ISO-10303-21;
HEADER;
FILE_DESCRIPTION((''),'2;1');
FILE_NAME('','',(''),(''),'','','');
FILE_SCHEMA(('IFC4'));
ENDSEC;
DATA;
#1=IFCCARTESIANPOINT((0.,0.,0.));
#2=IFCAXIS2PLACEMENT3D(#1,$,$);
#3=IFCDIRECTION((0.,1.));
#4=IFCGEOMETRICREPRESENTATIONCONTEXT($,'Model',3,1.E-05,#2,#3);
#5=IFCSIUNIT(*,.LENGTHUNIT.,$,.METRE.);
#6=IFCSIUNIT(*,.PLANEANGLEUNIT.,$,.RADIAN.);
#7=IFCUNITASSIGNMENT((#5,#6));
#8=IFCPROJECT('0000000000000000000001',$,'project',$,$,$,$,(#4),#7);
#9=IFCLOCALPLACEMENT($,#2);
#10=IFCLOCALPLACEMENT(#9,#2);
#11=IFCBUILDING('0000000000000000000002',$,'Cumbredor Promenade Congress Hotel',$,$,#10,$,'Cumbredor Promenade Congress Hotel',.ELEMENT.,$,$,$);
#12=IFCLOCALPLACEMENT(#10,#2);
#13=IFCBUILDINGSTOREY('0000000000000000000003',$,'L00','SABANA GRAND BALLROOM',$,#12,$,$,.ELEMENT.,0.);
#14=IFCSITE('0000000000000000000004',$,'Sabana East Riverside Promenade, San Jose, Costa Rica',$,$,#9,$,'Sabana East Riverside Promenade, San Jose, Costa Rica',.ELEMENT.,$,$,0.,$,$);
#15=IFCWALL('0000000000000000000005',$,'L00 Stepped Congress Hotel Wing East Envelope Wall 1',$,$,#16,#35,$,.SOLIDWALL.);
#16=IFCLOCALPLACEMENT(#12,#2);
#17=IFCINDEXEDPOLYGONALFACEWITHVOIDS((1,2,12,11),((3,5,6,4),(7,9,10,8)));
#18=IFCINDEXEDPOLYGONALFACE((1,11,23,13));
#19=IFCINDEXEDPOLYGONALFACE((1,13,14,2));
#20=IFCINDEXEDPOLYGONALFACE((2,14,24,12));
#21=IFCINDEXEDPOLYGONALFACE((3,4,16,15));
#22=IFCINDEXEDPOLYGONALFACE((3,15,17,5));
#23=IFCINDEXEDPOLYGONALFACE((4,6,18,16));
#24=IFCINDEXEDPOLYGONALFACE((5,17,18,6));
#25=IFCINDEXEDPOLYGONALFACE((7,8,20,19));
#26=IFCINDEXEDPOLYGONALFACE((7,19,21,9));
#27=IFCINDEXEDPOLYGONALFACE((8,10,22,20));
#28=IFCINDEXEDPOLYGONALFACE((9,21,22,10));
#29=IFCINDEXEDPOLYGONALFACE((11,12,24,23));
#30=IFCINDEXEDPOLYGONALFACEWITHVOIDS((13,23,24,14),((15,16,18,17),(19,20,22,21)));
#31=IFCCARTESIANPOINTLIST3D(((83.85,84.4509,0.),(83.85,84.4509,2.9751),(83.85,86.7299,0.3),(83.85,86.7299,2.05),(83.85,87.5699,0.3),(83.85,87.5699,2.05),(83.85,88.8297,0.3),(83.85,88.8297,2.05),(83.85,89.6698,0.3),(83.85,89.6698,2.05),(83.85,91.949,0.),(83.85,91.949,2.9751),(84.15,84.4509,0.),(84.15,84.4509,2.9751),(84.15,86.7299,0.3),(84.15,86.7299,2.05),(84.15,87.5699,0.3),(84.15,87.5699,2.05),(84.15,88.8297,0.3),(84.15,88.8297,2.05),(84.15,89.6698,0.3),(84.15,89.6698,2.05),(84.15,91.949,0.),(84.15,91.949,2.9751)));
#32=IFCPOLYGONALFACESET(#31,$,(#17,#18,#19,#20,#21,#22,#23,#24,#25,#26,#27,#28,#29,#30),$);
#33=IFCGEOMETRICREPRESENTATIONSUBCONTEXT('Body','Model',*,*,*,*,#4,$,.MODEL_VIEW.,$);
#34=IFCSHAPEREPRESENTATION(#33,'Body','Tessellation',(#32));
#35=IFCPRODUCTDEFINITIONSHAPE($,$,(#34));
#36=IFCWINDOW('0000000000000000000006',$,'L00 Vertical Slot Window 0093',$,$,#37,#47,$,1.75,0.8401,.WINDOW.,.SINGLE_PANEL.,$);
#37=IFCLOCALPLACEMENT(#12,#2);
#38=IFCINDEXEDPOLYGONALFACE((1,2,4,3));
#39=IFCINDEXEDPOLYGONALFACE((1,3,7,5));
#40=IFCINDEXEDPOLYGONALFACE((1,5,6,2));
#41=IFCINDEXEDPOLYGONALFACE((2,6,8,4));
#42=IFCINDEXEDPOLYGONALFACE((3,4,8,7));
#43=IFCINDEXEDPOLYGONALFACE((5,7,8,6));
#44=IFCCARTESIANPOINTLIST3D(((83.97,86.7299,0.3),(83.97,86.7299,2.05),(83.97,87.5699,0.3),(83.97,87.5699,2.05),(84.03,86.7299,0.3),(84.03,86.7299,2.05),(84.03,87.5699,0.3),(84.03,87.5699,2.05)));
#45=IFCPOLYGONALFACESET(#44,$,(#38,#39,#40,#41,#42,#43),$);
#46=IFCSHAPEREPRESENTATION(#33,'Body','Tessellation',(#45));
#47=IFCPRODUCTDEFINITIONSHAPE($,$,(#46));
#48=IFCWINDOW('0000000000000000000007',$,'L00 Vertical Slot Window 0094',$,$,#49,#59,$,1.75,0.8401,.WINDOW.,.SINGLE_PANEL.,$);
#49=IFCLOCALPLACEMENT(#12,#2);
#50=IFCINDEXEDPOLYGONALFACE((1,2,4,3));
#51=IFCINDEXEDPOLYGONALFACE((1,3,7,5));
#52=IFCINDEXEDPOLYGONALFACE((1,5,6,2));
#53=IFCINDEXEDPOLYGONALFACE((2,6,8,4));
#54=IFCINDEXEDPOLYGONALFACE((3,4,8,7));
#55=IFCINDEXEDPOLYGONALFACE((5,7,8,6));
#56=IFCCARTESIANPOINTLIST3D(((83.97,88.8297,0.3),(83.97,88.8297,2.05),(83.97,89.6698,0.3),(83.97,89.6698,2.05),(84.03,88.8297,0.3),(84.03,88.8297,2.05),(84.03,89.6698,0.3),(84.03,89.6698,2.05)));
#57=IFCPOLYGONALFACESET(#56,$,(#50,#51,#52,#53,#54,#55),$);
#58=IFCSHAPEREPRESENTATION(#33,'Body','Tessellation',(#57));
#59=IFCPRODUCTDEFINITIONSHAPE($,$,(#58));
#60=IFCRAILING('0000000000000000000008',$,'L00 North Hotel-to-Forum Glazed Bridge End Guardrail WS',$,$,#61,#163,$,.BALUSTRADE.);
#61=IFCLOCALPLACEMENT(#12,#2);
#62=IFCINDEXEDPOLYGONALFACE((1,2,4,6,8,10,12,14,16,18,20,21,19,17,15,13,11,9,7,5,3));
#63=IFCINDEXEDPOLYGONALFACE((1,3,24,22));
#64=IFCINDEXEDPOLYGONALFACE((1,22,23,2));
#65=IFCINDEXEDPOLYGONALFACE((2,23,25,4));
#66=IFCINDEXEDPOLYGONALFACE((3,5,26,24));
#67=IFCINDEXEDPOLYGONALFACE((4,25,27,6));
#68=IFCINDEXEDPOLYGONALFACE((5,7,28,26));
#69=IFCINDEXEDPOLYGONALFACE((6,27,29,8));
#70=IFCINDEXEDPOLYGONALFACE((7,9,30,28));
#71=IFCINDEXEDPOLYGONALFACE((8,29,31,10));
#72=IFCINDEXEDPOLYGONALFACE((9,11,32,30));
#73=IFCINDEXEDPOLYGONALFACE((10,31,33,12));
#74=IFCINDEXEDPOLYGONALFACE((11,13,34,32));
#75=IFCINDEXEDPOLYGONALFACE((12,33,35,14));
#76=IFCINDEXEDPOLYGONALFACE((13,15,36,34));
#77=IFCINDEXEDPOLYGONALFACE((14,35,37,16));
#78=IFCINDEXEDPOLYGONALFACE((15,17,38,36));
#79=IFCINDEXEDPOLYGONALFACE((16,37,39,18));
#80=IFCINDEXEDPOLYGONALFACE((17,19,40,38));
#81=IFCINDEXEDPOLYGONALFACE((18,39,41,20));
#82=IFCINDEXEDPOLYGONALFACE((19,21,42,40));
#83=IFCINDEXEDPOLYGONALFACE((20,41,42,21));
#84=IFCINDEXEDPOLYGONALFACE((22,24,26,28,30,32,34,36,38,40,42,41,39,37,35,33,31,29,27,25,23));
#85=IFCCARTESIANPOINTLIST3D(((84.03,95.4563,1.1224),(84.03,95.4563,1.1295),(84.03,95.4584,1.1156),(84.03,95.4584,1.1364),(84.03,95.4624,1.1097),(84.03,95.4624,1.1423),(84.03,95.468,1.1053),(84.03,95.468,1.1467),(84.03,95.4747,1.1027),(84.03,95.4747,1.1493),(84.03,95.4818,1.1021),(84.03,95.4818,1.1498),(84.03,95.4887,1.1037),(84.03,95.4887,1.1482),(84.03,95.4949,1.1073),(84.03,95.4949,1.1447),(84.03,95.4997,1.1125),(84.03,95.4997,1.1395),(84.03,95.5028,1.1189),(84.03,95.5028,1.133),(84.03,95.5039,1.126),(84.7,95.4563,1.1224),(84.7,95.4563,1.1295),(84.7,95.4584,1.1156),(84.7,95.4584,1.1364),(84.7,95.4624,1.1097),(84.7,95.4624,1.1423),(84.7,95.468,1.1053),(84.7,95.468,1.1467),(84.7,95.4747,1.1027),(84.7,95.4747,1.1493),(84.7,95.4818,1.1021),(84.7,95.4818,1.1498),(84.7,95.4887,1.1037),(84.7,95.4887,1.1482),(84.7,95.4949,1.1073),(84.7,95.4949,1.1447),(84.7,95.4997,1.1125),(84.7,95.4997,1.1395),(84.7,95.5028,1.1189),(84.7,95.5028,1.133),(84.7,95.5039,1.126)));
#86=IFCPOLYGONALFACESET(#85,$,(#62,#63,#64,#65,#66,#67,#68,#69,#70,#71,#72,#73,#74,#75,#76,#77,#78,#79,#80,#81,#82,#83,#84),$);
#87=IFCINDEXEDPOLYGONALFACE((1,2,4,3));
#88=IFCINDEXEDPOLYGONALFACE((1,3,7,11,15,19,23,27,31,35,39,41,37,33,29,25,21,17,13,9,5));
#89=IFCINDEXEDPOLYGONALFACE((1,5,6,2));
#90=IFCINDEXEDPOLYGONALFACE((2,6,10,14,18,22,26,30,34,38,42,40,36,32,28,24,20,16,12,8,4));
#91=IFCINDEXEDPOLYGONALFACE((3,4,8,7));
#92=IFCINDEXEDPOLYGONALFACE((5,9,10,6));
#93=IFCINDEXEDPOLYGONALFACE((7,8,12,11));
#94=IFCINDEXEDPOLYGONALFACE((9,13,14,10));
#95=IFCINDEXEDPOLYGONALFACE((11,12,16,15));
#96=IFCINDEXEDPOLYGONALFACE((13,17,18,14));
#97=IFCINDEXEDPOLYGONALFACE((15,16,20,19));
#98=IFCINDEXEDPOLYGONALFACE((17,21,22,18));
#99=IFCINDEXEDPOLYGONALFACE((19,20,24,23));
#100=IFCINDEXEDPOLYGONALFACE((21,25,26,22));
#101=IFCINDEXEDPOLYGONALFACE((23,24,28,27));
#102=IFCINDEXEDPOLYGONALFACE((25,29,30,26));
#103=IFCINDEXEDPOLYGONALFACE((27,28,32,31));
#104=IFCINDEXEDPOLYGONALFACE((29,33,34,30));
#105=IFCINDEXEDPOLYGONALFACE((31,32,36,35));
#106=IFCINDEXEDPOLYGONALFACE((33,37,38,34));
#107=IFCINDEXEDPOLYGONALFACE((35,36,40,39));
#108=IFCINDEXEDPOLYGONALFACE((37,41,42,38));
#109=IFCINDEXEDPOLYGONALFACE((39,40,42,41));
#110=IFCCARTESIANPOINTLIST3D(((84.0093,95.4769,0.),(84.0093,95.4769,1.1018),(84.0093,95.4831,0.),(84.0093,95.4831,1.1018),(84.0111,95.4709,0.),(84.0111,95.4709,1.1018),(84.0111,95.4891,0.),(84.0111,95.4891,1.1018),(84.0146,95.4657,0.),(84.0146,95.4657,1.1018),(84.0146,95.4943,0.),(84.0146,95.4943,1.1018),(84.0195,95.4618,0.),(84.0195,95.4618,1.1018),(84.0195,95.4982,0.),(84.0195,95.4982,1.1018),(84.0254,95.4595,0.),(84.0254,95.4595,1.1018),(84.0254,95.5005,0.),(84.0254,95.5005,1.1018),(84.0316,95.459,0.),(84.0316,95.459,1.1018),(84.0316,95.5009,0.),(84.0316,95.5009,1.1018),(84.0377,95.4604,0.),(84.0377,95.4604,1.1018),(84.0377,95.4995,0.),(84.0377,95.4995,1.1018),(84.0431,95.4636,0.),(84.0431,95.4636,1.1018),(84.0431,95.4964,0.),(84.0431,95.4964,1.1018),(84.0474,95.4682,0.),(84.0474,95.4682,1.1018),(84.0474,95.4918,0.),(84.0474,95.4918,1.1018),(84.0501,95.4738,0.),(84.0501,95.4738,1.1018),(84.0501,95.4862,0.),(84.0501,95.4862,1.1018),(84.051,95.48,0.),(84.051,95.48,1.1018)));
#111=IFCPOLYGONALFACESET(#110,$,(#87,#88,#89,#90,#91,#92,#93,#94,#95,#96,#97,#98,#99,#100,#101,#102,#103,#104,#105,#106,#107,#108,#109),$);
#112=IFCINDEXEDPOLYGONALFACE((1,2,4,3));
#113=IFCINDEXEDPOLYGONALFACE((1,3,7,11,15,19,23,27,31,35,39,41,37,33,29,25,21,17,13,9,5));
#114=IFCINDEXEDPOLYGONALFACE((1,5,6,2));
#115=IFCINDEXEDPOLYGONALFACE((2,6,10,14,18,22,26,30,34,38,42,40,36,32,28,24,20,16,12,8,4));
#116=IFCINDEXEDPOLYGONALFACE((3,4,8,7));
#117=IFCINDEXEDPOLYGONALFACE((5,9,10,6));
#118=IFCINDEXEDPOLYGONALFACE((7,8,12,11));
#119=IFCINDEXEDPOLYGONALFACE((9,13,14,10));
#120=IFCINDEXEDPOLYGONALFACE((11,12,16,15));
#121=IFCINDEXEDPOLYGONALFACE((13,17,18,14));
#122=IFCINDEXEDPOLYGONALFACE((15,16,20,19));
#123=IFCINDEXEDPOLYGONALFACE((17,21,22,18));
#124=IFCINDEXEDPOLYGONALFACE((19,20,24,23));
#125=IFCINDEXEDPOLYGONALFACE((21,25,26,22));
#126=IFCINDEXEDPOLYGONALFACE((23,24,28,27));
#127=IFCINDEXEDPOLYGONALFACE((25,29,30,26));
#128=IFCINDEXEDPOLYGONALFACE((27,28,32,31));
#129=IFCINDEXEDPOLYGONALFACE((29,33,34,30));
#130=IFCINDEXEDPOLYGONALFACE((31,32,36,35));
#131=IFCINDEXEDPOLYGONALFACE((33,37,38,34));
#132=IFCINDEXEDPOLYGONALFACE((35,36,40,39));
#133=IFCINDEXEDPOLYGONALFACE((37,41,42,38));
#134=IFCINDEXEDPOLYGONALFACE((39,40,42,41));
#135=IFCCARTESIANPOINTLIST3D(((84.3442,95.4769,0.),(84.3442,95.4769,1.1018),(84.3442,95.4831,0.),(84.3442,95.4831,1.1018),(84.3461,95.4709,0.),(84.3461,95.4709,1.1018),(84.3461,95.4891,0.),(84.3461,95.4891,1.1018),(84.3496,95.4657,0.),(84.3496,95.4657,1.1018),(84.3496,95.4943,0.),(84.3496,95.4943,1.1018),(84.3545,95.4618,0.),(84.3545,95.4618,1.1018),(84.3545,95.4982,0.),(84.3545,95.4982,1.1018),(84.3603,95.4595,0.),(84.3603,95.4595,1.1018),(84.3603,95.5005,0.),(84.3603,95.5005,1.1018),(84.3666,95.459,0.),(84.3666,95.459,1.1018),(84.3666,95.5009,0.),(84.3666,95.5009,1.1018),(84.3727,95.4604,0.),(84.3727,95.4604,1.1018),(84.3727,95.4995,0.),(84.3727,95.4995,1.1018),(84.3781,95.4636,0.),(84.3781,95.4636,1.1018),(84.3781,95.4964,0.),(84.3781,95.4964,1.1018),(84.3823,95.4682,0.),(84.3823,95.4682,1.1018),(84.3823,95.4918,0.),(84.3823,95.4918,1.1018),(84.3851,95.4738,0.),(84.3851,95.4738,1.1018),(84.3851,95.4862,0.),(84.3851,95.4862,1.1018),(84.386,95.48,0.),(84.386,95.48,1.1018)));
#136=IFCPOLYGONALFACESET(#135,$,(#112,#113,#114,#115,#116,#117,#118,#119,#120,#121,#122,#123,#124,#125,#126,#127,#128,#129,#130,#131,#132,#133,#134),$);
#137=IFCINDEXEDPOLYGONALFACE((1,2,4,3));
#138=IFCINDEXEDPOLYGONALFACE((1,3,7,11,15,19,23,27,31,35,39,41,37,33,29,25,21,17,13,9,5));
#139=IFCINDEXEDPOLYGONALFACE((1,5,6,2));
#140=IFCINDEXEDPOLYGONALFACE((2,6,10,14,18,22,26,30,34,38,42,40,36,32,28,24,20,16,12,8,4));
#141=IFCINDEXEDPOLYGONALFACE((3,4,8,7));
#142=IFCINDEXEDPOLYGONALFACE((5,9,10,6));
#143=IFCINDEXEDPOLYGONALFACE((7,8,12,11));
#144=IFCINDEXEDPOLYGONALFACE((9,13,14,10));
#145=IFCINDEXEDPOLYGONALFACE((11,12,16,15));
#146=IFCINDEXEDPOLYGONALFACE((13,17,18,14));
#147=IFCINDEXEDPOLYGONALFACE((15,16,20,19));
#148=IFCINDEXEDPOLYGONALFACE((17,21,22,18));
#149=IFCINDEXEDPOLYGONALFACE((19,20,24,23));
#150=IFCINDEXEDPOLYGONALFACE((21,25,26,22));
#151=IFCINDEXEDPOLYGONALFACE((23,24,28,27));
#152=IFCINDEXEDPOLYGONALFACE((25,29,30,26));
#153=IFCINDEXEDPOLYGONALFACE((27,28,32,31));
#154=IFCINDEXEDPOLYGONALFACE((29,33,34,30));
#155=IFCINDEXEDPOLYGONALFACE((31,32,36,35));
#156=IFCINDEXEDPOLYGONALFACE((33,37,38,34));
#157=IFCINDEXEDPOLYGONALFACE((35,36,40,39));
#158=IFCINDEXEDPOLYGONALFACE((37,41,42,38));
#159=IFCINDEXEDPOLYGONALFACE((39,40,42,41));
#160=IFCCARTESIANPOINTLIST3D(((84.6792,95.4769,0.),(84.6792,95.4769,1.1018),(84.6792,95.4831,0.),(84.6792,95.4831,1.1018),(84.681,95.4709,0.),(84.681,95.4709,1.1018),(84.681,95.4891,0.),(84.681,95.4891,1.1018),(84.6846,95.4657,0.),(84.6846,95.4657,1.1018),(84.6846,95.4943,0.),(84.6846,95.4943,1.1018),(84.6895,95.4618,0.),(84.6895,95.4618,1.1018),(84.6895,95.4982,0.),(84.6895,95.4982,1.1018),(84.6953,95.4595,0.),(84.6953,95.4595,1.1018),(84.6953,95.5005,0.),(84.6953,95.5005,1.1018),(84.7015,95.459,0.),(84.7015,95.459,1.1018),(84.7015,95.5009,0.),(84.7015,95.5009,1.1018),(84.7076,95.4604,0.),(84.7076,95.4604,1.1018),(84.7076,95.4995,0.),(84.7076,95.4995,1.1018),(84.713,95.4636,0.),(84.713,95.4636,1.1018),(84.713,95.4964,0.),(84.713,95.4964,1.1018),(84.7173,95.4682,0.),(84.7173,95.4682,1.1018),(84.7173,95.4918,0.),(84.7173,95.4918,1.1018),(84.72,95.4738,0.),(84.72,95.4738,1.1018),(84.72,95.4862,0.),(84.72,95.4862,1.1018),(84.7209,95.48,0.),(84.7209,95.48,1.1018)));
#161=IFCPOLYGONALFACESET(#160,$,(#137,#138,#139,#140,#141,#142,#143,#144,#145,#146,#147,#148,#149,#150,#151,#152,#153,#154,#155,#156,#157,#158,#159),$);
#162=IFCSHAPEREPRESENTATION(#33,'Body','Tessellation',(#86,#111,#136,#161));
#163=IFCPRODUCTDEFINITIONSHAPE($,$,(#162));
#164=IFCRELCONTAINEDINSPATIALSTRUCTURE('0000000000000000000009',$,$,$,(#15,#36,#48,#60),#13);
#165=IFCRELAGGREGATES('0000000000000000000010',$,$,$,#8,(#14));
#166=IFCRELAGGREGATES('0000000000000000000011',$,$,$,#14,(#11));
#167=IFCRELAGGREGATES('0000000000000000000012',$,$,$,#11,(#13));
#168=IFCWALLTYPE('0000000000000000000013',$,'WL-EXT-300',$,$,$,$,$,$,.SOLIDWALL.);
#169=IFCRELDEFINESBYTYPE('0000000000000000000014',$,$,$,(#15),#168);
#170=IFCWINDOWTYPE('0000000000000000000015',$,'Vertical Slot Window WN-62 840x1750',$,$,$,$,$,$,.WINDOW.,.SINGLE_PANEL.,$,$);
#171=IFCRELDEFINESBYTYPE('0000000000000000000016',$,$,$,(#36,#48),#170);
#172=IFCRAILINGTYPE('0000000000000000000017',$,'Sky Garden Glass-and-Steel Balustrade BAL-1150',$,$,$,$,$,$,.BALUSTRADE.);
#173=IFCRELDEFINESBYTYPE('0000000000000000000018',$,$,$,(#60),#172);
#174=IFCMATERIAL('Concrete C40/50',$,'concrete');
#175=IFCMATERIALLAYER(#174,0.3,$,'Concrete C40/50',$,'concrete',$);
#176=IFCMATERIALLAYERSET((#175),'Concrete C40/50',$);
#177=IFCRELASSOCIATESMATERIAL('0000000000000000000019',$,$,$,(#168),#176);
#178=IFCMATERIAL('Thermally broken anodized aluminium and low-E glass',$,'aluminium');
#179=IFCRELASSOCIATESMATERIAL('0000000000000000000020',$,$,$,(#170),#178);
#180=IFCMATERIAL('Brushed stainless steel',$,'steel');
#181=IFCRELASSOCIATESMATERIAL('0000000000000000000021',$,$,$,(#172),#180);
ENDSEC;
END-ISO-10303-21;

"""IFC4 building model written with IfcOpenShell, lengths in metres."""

from ifc_helpers import new_model, si_unit, direction, frame, frame_2d, origin, origin_2d, place, context, subcontext, project, spatial, rectangle, circle, extrude, material, layer, layer_set, type_object, element, fill, save


model = new_model("IFC4")

# Units and contexts
model_context = context("Model", 3, precision=1e-05, world=origin(), true_north=direction((0.0, 1.0)))
body_context = subcontext(model_context, "Body", "Model", "MODEL_VIEW")
ifc_project = project(units=[si_unit("LENGTHUNIT", "METRE"), si_unit("PLANEANGLEUNIT", "RADIAN")], contexts=[model_context])

# Site, building, storey
site_placement = place(None, origin())
site = spatial("IfcSite", under=ifc_project, at=site_placement, Name="Sabana East Riverside Promenade, San Jose, Costa Rica", LongName="Sabana East Riverside Promenade, San Jose, Costa Rica", CompositionType="ELEMENT", RefElevation=0.0)
building_placement = place(site_placement, origin())
building = spatial("IfcBuilding", under=site, at=building_placement, Name="Cumbredor Promenade Congress Hotel", LongName="Cumbredor Promenade Congress Hotel", CompositionType="ELEMENT")
storey_placement = place(building_placement, origin())
storey = spatial("IfcBuildingStorey", under=building, at=storey_placement, Name="L00", Description="SABANA GRAND BALLROOM", CompositionType="ELEMENT", Elevation=0.0)

# Shared definitions
ifc_material_1 = material(Name="Concrete C40/50", Category="concrete")

# Shared definitions
ifc_material_2 = material(Name="Thermally broken anodized aluminium and low-E glass", Category="aluminium")

# Wall, openings, windows
ifc_layer_1 = layer(ifc_material_1, 0.3, Name="Concrete C40/50", Category="concrete")
ifc_layer_set_1 = layer_set([ifc_layer_1], Name="Concrete C40/50")
wall_type = type_object("IfcWallType", Name="WL-EXT-300", PredefinedType="SOLIDWALL", material=ifc_layer_set_1)
wall_placement = place(storey_placement, frame((84.0, 84.4509, 0.0), z_axis=(0.0, 0.0, 1.0), x_axis=(0.0, 1.0, 0.0)))
wall = element("IfcWall", 1, at=wall_placement, inside=storey, type_object=wall_type, Name="L00 Stepped Congress Hotel Wing East Envelope Wall 1", PredefinedType="SOLIDWALL", context=body_context, shape_type="SweptSolid", body=[
    extrude(rectangle(XDim=7.498, YDim=0.3, at=frame_2d((3.749, 0.0))), origin(), (0.0, 0.0, 1.0), 2.9751),
])
opening_1_placement = place(wall_placement, frame((2.2791, 0.0, 0.3)))
opening_1 = element("IfcOpeningElement", 2, at=opening_1_placement, cuts=wall, PredefinedType="OPENING", context=body_context, shape_type="SweptSolid", body=[
    extrude(rectangle(XDim=0.8401, YDim=1.75, at=frame_2d((0.4199, 0.875))), frame((0.0, 0.1602, 0.0), z_axis=(0.0, -1.0, 0.0), x_axis=(1.0, 0.0, 0.0)), (0.0, 0.0, 1.0), 0.3201),
])
opening_2_placement = place(wall_placement, frame((4.3789, 0.0, 0.3)))
opening_2 = element("IfcOpeningElement", 3, at=opening_2_placement, cuts=wall, PredefinedType="OPENING", context=body_context, shape_type="SweptSolid", body=[
    extrude(rectangle(XDim=0.8401, YDim=1.75, at=frame_2d((0.4199, 0.875))), frame((0.0, 0.1602, 0.0), z_axis=(0.0, -1.0, 0.0), x_axis=(1.0, 0.0, 0.0)), (0.0, 0.0, 1.0), 0.3201),
])
window_type = type_object("IfcWindowType", Name="Vertical Slot Window WN-62 840x1750", PartitioningType="SINGLE_PANEL", PredefinedType="WINDOW", material=ifc_material_2)
window_1_placement = place(opening_1_placement, origin())
window_1 = element("IfcWindow", 4, at=window_1_placement, inside=storey, type_object=window_type, Name="L00 Vertical Slot Window 0093", OverallHeight=1.75, OverallWidth=0.8401, PartitioningType="SINGLE_PANEL", PredefinedType="WINDOW", context=body_context, shape_type="SweptSolid", body=[
    extrude(rectangle(XDim=0.8401, YDim=1.75, at=frame_2d((0.4199, 0.875))), frame((0.0, 0.03, 0.0), z_axis=(0.0, -1.0, 0.0), x_axis=(1.0, 0.0, 0.0)), (0.0, 0.0, 1.0), 0.0601),
])
fill(opening_1, window_1)
window_2_placement = place(opening_2_placement, origin())
window_2 = element("IfcWindow", 5, at=window_2_placement, inside=storey, type_object=window_type, Name="L00 Vertical Slot Window 0094", OverallHeight=1.75, OverallWidth=0.8401, PartitioningType="SINGLE_PANEL", PredefinedType="WINDOW", context=body_context, shape_type="SweptSolid", body=[
    extrude(rectangle(XDim=0.8401, YDim=1.75, at=frame_2d((0.4199, 0.875))), frame((0.0, 0.03, 0.0), z_axis=(0.0, -1.0, 0.0), x_axis=(1.0, 0.0, 0.0)), (0.0, 0.0, 1.0), 0.0601),
])
fill(opening_2, window_2)

# Railing
ifc_material_3 = material(Name="Brushed stainless steel", Category="steel")
railing_type = type_object("IfcRailingType", Name="Sky Garden Glass-and-Steel Balustrade BAL-1150", PredefinedType="BALUSTRADE", material=ifc_material_3)
railing_placement = place(storey_placement, frame((84.03, 95.48, 0.0)))
element("IfcRailing", 6, at=railing_placement, inside=storey, type_object=railing_type, Name="L00 North Hotel-to-Forum Glazed Bridge End Guardrail WS", PredefinedType="BALUSTRADE", context=body_context, shape_type="SweptSolid", body=[
    extrude(circle(Radius=0.0239, at=origin_2d()), frame((0.0, 0.0, 1.126), z_axis=(1.0, 0.0, 0.0), x_axis=(0.0, 1.0, 0.0)), (0.0, 0.0, 1.0), 0.6699),
    extrude(circle(Radius=0.021, at=origin_2d()), origin(), (0.0, 0.0, 1.0), 1.1018),
    extrude(circle(Radius=0.021, at=origin_2d()), frame((0.335, 0.0, 0.0)), (0.0, 0.0, 1.0), 1.1018),
    extrude(circle(Radius=0.021, at=origin_2d()), frame((0.6699, 0.0, 0.0)), (0.0, 0.0, 1.0), 1.1018),
])

save(model, "model.ifc")
